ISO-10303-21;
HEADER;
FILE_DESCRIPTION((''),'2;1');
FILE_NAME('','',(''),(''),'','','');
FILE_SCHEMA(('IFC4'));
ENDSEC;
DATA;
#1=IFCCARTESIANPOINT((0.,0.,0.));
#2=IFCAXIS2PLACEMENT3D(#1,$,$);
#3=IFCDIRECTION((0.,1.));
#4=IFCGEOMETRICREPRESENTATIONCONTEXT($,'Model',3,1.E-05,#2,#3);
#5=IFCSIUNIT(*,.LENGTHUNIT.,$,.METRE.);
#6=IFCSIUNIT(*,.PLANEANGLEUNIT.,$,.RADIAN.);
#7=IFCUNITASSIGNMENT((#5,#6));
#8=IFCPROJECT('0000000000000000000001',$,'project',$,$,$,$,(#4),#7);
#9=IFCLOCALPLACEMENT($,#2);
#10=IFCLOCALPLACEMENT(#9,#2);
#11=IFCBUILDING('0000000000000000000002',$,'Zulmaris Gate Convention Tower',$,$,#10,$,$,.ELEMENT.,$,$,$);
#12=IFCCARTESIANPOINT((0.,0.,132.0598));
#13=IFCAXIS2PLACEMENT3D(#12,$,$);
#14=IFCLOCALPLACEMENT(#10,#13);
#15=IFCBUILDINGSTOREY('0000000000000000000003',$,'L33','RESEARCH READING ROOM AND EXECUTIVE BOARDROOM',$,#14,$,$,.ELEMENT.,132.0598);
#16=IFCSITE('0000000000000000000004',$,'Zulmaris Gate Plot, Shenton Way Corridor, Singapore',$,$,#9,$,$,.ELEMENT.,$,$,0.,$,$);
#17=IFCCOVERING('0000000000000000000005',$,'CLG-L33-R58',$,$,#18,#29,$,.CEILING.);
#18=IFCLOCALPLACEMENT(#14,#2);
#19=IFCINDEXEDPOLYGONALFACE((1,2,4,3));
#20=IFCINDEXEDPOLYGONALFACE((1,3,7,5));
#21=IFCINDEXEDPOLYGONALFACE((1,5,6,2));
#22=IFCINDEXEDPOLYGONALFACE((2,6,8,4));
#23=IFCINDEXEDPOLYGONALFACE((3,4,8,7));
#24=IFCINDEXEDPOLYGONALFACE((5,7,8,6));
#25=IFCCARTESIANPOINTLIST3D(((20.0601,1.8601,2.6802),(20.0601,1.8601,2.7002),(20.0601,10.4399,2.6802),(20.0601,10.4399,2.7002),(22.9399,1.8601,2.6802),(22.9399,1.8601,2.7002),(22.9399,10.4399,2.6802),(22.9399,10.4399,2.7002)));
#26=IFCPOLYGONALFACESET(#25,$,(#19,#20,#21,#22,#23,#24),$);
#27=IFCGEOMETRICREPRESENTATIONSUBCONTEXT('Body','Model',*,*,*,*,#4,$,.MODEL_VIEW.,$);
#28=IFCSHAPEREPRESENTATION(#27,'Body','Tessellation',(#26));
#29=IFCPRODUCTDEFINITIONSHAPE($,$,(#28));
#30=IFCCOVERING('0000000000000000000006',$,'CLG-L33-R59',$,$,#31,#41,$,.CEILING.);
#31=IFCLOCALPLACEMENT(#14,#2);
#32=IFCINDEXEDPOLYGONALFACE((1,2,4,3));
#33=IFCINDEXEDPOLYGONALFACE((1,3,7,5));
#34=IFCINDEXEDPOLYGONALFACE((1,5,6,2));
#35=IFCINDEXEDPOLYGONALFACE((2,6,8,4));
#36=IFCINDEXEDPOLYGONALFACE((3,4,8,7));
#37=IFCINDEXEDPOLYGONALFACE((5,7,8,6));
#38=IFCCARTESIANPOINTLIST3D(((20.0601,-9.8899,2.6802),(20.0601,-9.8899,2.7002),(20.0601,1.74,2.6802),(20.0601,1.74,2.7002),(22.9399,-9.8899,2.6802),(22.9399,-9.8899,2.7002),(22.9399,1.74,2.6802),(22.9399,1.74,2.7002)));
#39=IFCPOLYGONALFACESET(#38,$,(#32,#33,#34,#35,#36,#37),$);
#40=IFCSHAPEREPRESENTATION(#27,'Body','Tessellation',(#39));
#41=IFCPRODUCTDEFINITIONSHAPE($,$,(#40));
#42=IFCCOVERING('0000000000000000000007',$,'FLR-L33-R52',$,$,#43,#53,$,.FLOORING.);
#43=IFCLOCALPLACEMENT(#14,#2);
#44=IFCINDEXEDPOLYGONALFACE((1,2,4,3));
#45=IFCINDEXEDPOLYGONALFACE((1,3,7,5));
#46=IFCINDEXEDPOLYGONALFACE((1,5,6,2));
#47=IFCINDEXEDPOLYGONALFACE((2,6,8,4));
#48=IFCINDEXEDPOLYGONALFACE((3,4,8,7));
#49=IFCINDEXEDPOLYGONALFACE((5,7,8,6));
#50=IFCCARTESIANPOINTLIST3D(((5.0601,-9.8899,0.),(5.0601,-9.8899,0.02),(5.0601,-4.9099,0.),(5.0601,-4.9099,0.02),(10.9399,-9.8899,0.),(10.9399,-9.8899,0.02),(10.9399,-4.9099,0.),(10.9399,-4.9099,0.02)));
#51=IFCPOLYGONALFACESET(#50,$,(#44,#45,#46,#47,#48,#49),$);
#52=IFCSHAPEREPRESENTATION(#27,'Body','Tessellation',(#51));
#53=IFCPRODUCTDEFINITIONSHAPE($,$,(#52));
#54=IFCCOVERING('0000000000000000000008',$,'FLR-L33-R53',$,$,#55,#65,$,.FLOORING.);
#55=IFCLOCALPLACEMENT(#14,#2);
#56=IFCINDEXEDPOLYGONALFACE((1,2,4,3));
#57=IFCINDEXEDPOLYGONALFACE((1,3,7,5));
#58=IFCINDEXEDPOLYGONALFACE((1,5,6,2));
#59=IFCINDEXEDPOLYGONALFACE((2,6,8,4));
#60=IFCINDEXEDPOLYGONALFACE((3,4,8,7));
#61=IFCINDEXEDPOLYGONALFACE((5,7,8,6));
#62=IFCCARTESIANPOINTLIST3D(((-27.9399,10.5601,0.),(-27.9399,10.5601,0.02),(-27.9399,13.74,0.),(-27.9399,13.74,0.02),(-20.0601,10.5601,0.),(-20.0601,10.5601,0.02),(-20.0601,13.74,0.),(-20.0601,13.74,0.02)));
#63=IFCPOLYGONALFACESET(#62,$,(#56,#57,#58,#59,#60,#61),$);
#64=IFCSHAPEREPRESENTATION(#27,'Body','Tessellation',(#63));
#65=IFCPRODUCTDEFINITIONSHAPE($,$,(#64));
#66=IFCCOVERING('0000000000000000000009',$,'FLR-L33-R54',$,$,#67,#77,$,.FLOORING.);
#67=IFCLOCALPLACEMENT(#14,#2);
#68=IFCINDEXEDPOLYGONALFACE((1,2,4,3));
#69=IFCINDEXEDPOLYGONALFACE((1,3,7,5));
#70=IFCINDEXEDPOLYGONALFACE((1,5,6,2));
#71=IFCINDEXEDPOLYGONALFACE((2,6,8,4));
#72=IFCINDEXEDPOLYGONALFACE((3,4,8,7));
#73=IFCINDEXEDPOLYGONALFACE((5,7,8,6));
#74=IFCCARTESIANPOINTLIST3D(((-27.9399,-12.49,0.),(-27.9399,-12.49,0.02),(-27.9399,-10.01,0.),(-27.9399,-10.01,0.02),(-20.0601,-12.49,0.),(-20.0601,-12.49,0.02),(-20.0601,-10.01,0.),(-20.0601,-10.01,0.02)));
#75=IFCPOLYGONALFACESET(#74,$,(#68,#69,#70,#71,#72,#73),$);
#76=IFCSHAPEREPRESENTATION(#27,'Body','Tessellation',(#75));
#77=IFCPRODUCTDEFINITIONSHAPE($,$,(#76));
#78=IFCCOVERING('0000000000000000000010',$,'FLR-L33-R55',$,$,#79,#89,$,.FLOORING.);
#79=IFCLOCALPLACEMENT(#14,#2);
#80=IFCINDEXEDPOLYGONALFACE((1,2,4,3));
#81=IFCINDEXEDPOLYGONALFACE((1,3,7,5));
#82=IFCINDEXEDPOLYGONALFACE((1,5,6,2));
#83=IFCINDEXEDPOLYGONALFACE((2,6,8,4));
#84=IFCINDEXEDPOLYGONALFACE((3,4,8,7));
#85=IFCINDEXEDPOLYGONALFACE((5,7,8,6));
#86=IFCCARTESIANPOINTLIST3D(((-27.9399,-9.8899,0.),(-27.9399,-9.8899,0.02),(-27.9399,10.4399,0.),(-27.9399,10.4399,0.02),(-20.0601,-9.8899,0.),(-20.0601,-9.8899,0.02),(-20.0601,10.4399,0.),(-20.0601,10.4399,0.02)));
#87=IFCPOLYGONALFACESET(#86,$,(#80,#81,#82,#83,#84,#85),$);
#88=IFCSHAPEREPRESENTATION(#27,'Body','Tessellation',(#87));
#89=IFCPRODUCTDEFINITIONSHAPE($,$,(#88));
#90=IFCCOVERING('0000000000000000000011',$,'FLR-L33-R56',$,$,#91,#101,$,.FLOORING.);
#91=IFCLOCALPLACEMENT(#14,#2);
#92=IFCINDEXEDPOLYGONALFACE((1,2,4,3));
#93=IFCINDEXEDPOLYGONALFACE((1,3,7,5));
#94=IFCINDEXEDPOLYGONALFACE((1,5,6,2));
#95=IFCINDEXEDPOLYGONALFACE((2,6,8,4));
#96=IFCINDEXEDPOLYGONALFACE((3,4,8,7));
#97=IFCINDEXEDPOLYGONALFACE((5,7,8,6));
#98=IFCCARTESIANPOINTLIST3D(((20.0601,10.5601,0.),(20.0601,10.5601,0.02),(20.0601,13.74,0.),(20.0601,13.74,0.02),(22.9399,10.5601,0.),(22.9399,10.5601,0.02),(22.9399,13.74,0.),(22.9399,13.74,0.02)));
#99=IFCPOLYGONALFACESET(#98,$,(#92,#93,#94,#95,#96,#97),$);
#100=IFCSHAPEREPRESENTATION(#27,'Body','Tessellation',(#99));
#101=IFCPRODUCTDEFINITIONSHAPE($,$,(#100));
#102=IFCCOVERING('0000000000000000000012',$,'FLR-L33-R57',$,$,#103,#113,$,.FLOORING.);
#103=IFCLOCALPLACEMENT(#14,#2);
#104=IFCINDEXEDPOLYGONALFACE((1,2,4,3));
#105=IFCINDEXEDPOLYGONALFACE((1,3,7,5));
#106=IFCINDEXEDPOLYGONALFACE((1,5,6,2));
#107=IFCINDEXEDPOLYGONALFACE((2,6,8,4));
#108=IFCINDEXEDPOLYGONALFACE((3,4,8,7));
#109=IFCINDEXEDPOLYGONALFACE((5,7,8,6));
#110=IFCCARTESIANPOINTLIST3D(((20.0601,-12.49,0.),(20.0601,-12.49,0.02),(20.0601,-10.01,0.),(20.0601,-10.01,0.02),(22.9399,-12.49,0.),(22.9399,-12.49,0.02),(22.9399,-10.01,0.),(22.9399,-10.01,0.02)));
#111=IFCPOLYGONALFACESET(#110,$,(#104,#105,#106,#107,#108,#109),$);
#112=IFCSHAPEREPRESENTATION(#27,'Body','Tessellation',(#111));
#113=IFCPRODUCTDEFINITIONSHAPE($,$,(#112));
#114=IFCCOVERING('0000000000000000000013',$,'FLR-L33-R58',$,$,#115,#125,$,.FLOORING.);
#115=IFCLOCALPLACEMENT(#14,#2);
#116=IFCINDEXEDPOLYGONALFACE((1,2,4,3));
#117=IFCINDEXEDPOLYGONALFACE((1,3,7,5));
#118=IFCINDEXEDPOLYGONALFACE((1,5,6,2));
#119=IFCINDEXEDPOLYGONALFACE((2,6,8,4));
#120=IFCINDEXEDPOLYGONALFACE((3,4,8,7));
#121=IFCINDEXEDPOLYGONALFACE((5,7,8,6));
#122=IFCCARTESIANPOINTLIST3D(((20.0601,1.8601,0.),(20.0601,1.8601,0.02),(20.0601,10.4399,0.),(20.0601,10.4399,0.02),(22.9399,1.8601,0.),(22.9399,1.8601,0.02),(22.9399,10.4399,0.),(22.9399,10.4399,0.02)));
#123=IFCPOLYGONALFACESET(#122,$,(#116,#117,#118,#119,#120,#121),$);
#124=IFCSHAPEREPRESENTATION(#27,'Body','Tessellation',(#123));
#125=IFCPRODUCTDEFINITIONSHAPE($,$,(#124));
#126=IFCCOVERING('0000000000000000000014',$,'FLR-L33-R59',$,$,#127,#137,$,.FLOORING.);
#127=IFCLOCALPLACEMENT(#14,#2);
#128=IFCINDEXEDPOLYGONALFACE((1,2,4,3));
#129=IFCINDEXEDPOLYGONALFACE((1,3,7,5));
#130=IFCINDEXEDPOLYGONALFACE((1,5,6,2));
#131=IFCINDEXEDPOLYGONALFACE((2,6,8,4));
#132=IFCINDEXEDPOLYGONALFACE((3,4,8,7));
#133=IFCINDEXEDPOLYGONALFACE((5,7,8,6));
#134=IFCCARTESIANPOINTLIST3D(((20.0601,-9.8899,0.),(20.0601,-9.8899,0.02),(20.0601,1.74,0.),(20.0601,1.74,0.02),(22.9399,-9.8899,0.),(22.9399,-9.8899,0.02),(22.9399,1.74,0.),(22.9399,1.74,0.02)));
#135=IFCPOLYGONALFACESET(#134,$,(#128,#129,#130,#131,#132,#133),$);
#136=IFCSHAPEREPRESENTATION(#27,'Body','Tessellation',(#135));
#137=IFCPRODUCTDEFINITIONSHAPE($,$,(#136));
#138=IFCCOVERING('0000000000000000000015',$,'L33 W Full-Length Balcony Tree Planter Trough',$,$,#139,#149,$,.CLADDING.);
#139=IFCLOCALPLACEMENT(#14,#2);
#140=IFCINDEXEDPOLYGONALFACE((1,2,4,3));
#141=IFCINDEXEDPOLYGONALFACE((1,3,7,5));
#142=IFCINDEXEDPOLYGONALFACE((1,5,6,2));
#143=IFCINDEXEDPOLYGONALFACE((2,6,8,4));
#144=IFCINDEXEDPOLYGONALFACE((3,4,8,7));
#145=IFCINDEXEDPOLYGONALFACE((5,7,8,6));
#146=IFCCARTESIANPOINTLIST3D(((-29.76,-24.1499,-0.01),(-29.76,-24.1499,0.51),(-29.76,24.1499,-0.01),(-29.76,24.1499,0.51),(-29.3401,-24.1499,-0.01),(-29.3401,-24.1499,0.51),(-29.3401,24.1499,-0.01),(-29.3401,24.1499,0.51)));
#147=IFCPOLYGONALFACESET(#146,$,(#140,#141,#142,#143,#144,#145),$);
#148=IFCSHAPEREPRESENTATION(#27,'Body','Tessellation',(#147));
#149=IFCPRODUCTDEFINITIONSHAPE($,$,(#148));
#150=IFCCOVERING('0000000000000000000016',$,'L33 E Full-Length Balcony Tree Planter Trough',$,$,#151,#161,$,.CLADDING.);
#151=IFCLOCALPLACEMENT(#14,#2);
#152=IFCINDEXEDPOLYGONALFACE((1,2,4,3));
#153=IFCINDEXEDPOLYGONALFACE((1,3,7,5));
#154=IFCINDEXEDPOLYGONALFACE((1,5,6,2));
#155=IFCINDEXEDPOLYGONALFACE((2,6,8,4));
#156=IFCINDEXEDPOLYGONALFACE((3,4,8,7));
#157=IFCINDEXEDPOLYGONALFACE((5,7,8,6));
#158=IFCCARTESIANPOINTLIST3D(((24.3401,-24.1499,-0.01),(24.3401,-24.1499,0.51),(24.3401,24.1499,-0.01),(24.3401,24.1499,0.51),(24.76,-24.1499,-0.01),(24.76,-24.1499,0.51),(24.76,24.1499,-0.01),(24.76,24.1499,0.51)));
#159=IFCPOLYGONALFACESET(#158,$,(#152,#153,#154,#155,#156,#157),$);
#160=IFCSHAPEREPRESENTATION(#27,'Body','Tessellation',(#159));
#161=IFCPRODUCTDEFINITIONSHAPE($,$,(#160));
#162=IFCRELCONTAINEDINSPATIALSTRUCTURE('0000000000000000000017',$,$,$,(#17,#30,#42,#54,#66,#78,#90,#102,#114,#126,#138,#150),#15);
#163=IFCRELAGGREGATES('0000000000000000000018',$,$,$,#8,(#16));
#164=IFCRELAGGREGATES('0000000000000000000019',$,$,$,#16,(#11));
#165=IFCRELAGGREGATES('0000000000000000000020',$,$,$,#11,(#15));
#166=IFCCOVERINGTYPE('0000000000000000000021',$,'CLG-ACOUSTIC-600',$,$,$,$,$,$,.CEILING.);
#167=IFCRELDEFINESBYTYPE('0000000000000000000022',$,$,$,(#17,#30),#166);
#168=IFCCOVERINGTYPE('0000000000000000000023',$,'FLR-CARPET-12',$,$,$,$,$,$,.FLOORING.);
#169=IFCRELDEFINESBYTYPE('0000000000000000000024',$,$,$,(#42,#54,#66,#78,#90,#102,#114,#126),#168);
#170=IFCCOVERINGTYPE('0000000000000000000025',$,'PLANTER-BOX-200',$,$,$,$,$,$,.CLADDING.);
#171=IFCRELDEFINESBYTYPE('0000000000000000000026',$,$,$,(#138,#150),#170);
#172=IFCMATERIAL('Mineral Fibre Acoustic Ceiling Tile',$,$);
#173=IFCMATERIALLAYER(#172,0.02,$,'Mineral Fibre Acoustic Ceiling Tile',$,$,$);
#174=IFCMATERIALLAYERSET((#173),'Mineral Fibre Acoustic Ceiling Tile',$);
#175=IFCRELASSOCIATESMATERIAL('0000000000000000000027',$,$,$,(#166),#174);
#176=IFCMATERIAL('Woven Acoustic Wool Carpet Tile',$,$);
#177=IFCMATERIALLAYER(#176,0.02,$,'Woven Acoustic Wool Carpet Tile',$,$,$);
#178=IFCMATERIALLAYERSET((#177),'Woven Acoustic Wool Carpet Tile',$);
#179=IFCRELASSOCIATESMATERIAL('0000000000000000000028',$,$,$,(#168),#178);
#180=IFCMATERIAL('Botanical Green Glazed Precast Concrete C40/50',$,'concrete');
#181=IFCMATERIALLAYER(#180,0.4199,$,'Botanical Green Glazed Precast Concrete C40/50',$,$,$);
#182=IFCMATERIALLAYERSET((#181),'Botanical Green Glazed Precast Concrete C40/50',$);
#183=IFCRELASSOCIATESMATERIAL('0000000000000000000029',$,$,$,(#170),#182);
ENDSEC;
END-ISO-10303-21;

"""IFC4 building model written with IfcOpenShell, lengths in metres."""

from ifc_helpers import new_model, si_unit, direction, frame, origin, place, context, subcontext, project, spatial, polyline, outline, extrude, material, layer, layer_set, type_object, element, save


model = new_model("IFC4")

# Units and contexts
model_context = context("Model", 3, precision=1e-05, world=origin(), true_north=direction((0.0, 1.0)))
body_context = subcontext(model_context, "Body", "Model", "MODEL_VIEW")
ifc_project = project(units=[si_unit("LENGTHUNIT", "METRE"), si_unit("PLANEANGLEUNIT", "RADIAN")], contexts=[model_context])

# Site, building, storey
site_placement = place(None, origin())
site = spatial("IfcSite", under=ifc_project, at=site_placement, Name="Zulmaris Gate Plot, Shenton Way Corridor, Singapore", CompositionType="ELEMENT", RefElevation=0.0)
building_placement = place(site_placement, origin())
building = spatial("IfcBuilding", under=site, at=building_placement, Name="Zulmaris Gate Convention Tower", CompositionType="ELEMENT")
storey_placement = place(building_placement, frame((0.0, 0.0, 132.0598)))
storey = spatial("IfcBuildingStorey", under=building, at=storey_placement, Name="L33", Description="RESEARCH READING ROOM AND EXECUTIVE BOARDROOM", CompositionType="ELEMENT", Elevation=132.0598)

# Coverings
ifc_material_1 = material(Name="Mineral Fibre Acoustic Ceiling Tile")
ifc_layer_1 = layer(ifc_material_1, 0.02, Name="Mineral Fibre Acoustic Ceiling Tile")
ifc_layer_set_1 = layer_set([ifc_layer_1], Name="Mineral Fibre Acoustic Ceiling Tile")
covering_type_1 = type_object("IfcCoveringType", Name="CLG-ACOUSTIC-600", PredefinedType="CEILING", material=ifc_layer_set_1)
covering_1_placement = place(storey_placement, frame((0.0, 0.0, 2.6802)))
element("IfcCovering", 1, at=covering_1_placement, inside=storey, type_object=covering_type_1, Name="CLG-L33-R58", PredefinedType="CEILING", context=body_context, shape_type="SweptSolid", body=[
    extrude(outline(polyline([(20.0601, 1.8601), (22.9399, 1.8601), (22.9399, 10.4399), (20.0601, 10.4399), (20.0601, 1.8601)])), origin(), (0.0, 0.0, 1.0), 0.02),
])
covering_2_placement = place(storey_placement, frame((0.0, 0.0, 2.6802)))
element("IfcCovering", 2, at=covering_2_placement, inside=storey, type_object=covering_type_1, Name="CLG-L33-R59", PredefinedType="CEILING", context=body_context, shape_type="SweptSolid", body=[
    extrude(outline(polyline([(20.0601, -9.8899), (22.9399, -9.8899), (22.9399, 1.74), (20.0601, 1.74), (20.0601, -9.8899)])), origin(), (0.0, 0.0, 1.0), 0.02),
])
ifc_material_2 = material(Name="Woven Acoustic Wool Carpet Tile")
ifc_layer_2 = layer(ifc_material_2, 0.02, Name="Woven Acoustic Wool Carpet Tile")
ifc_layer_set_2 = layer_set([ifc_layer_2], Name="Woven Acoustic Wool Carpet Tile")
covering_type_2 = type_object("IfcCoveringType", Name="FLR-CARPET-12", PredefinedType="FLOORING", material=ifc_layer_set_2)
covering_3_placement = place(storey_placement, origin())
element("IfcCovering", 3, at=covering_3_placement, inside=storey, type_object=covering_type_2, Name="FLR-L33-R52", PredefinedType="FLOORING", context=body_context, shape_type="SweptSolid", body=[
    extrude(outline(polyline([(5.0601, -9.8899), (10.9399, -9.8899), (10.9399, -4.9099), (5.0601, -4.9099), (5.0601, -9.8899)])), origin(), (0.0, 0.0, 1.0), 0.02),
])
covering_4_placement = place(storey_placement, origin())
element("IfcCovering", 4, at=covering_4_placement, inside=storey, type_object=covering_type_2, Name="FLR-L33-R53", PredefinedType="FLOORING", context=body_context, shape_type="SweptSolid", body=[
    extrude(outline(polyline([(-27.9399, 10.5601), (-20.0601, 10.5601), (-20.0601, 13.74), (-27.9399, 13.74), (-27.9399, 10.5601)])), origin(), (0.0, 0.0, 1.0), 0.02),
])
covering_5_placement = place(storey_placement, origin())
element("IfcCovering", 5, at=covering_5_placement, inside=storey, type_object=covering_type_2, Name="FLR-L33-R54", PredefinedType="FLOORING", context=body_context, shape_type="SweptSolid", body=[
    extrude(outline(polyline([(-27.9399, -12.49), (-20.0601, -12.49), (-20.0601, -10.01), (-27.9399, -10.01), (-27.9399, -12.49)])), origin(), (0.0, 0.0, 1.0), 0.02),
])
covering_6_placement = place(storey_placement, origin())
element("IfcCovering", 6, at=covering_6_placement, inside=storey, type_object=covering_type_2, Name="FLR-L33-R55", PredefinedType="FLOORING", context=body_context, shape_type="SweptSolid", body=[
    extrude(outline(polyline([(-27.9399, -9.8899), (-20.0601, -9.8899), (-20.0601, 10.4399), (-27.9399, 10.4399), (-27.9399, -9.8899)])), origin(), (0.0, 0.0, 1.0), 0.02),
])
covering_7_placement = place(storey_placement, origin())
element("IfcCovering", 7, at=covering_7_placement, inside=storey, type_object=covering_type_2, Name="FLR-L33-R56", PredefinedType="FLOORING", context=body_context, shape_type="SweptSolid", body=[
    extrude(outline(polyline([(20.0601, 10.5601), (22.9399, 10.5601), (22.9399, 13.74), (20.0601, 13.74), (20.0601, 10.5601)])), origin(), (0.0, 0.0, 1.0), 0.02),
])
covering_8_placement = place(storey_placement, origin())
element("IfcCovering", 8, at=covering_8_placement, inside=storey, type_object=covering_type_2, Name="FLR-L33-R57", PredefinedType="FLOORING", context=body_context, shape_type="SweptSolid", body=[
    extrude(outline(polyline([(20.0601, -12.49), (22.9399, -12.49), (22.9399, -10.01), (20.0601, -10.01), (20.0601, -12.49)])), origin(), (0.0, 0.0, 1.0), 0.02),
])
covering_9_placement = place(storey_placement, origin())
element("IfcCovering", 9, at=covering_9_placement, inside=storey, type_object=covering_type_2, Name="FLR-L33-R58", PredefinedType="FLOORING", context=body_context, shape_type="SweptSolid", body=[
    extrude(outline(polyline([(20.0601, 1.8601), (22.9399, 1.8601), (22.9399, 10.4399), (20.0601, 10.4399), (20.0601, 1.8601)])), origin(), (0.0, 0.0, 1.0), 0.02),
])
covering_10_placement = place(storey_placement, origin())
element("IfcCovering", 10, at=covering_10_placement, inside=storey, type_object=covering_type_2, Name="FLR-L33-R59", PredefinedType="FLOORING", context=body_context, shape_type="SweptSolid", body=[
    extrude(outline(polyline([(20.0601, -9.8899), (22.9399, -9.8899), (22.9399, 1.74), (20.0601, 1.74), (20.0601, -9.8899)])), origin(), (0.0, 0.0, 1.0), 0.02),
])
ifc_material_3 = material(Name="Botanical Green Glazed Precast Concrete C40/50", Category="concrete")
ifc_layer_3 = layer(ifc_material_3, 0.4199, Name="Botanical Green Glazed Precast Concrete C40/50")
ifc_layer_set_3 = layer_set([ifc_layer_3], Name="Botanical Green Glazed Precast Concrete C40/50")
covering_type_3 = type_object("IfcCoveringType", Name="PLANTER-BOX-200", PredefinedType="CLADDING", material=ifc_layer_set_3)
covering_11_placement = place(storey_placement, frame((0.0, 0.0, -0.01)))
element("IfcCovering", 11, at=covering_11_placement, inside=storey, type_object=covering_type_3, Name="L33 W Full-Length Balcony Tree Planter Trough", PredefinedType="CLADDING", context=body_context, shape_type="SweptSolid", body=[
    extrude(outline(polyline([(-29.76, -24.1499), (-29.3401, -24.1499), (-29.3401, 24.1499), (-29.76, 24.1499), (-29.76, -24.1499)])), origin(), (0.0, 0.0, 1.0), 0.52),
])
covering_12_placement = place(storey_placement, frame((0.0, 0.0, -0.01)))
element("IfcCovering", 12, at=covering_12_placement, inside=storey, type_object=covering_type_3, Name="L33 E Full-Length Balcony Tree Planter Trough", PredefinedType="CLADDING", context=body_context, shape_type="SweptSolid", body=[
    extrude(outline(polyline([(24.3401, -24.1499), (24.76, -24.1499), (24.76, 24.1499), (24.3401, 24.1499), (24.3401, -24.1499)])), origin(), (0.0, 0.0, 1.0), 0.52),
])

save(model, "model.ifc")
